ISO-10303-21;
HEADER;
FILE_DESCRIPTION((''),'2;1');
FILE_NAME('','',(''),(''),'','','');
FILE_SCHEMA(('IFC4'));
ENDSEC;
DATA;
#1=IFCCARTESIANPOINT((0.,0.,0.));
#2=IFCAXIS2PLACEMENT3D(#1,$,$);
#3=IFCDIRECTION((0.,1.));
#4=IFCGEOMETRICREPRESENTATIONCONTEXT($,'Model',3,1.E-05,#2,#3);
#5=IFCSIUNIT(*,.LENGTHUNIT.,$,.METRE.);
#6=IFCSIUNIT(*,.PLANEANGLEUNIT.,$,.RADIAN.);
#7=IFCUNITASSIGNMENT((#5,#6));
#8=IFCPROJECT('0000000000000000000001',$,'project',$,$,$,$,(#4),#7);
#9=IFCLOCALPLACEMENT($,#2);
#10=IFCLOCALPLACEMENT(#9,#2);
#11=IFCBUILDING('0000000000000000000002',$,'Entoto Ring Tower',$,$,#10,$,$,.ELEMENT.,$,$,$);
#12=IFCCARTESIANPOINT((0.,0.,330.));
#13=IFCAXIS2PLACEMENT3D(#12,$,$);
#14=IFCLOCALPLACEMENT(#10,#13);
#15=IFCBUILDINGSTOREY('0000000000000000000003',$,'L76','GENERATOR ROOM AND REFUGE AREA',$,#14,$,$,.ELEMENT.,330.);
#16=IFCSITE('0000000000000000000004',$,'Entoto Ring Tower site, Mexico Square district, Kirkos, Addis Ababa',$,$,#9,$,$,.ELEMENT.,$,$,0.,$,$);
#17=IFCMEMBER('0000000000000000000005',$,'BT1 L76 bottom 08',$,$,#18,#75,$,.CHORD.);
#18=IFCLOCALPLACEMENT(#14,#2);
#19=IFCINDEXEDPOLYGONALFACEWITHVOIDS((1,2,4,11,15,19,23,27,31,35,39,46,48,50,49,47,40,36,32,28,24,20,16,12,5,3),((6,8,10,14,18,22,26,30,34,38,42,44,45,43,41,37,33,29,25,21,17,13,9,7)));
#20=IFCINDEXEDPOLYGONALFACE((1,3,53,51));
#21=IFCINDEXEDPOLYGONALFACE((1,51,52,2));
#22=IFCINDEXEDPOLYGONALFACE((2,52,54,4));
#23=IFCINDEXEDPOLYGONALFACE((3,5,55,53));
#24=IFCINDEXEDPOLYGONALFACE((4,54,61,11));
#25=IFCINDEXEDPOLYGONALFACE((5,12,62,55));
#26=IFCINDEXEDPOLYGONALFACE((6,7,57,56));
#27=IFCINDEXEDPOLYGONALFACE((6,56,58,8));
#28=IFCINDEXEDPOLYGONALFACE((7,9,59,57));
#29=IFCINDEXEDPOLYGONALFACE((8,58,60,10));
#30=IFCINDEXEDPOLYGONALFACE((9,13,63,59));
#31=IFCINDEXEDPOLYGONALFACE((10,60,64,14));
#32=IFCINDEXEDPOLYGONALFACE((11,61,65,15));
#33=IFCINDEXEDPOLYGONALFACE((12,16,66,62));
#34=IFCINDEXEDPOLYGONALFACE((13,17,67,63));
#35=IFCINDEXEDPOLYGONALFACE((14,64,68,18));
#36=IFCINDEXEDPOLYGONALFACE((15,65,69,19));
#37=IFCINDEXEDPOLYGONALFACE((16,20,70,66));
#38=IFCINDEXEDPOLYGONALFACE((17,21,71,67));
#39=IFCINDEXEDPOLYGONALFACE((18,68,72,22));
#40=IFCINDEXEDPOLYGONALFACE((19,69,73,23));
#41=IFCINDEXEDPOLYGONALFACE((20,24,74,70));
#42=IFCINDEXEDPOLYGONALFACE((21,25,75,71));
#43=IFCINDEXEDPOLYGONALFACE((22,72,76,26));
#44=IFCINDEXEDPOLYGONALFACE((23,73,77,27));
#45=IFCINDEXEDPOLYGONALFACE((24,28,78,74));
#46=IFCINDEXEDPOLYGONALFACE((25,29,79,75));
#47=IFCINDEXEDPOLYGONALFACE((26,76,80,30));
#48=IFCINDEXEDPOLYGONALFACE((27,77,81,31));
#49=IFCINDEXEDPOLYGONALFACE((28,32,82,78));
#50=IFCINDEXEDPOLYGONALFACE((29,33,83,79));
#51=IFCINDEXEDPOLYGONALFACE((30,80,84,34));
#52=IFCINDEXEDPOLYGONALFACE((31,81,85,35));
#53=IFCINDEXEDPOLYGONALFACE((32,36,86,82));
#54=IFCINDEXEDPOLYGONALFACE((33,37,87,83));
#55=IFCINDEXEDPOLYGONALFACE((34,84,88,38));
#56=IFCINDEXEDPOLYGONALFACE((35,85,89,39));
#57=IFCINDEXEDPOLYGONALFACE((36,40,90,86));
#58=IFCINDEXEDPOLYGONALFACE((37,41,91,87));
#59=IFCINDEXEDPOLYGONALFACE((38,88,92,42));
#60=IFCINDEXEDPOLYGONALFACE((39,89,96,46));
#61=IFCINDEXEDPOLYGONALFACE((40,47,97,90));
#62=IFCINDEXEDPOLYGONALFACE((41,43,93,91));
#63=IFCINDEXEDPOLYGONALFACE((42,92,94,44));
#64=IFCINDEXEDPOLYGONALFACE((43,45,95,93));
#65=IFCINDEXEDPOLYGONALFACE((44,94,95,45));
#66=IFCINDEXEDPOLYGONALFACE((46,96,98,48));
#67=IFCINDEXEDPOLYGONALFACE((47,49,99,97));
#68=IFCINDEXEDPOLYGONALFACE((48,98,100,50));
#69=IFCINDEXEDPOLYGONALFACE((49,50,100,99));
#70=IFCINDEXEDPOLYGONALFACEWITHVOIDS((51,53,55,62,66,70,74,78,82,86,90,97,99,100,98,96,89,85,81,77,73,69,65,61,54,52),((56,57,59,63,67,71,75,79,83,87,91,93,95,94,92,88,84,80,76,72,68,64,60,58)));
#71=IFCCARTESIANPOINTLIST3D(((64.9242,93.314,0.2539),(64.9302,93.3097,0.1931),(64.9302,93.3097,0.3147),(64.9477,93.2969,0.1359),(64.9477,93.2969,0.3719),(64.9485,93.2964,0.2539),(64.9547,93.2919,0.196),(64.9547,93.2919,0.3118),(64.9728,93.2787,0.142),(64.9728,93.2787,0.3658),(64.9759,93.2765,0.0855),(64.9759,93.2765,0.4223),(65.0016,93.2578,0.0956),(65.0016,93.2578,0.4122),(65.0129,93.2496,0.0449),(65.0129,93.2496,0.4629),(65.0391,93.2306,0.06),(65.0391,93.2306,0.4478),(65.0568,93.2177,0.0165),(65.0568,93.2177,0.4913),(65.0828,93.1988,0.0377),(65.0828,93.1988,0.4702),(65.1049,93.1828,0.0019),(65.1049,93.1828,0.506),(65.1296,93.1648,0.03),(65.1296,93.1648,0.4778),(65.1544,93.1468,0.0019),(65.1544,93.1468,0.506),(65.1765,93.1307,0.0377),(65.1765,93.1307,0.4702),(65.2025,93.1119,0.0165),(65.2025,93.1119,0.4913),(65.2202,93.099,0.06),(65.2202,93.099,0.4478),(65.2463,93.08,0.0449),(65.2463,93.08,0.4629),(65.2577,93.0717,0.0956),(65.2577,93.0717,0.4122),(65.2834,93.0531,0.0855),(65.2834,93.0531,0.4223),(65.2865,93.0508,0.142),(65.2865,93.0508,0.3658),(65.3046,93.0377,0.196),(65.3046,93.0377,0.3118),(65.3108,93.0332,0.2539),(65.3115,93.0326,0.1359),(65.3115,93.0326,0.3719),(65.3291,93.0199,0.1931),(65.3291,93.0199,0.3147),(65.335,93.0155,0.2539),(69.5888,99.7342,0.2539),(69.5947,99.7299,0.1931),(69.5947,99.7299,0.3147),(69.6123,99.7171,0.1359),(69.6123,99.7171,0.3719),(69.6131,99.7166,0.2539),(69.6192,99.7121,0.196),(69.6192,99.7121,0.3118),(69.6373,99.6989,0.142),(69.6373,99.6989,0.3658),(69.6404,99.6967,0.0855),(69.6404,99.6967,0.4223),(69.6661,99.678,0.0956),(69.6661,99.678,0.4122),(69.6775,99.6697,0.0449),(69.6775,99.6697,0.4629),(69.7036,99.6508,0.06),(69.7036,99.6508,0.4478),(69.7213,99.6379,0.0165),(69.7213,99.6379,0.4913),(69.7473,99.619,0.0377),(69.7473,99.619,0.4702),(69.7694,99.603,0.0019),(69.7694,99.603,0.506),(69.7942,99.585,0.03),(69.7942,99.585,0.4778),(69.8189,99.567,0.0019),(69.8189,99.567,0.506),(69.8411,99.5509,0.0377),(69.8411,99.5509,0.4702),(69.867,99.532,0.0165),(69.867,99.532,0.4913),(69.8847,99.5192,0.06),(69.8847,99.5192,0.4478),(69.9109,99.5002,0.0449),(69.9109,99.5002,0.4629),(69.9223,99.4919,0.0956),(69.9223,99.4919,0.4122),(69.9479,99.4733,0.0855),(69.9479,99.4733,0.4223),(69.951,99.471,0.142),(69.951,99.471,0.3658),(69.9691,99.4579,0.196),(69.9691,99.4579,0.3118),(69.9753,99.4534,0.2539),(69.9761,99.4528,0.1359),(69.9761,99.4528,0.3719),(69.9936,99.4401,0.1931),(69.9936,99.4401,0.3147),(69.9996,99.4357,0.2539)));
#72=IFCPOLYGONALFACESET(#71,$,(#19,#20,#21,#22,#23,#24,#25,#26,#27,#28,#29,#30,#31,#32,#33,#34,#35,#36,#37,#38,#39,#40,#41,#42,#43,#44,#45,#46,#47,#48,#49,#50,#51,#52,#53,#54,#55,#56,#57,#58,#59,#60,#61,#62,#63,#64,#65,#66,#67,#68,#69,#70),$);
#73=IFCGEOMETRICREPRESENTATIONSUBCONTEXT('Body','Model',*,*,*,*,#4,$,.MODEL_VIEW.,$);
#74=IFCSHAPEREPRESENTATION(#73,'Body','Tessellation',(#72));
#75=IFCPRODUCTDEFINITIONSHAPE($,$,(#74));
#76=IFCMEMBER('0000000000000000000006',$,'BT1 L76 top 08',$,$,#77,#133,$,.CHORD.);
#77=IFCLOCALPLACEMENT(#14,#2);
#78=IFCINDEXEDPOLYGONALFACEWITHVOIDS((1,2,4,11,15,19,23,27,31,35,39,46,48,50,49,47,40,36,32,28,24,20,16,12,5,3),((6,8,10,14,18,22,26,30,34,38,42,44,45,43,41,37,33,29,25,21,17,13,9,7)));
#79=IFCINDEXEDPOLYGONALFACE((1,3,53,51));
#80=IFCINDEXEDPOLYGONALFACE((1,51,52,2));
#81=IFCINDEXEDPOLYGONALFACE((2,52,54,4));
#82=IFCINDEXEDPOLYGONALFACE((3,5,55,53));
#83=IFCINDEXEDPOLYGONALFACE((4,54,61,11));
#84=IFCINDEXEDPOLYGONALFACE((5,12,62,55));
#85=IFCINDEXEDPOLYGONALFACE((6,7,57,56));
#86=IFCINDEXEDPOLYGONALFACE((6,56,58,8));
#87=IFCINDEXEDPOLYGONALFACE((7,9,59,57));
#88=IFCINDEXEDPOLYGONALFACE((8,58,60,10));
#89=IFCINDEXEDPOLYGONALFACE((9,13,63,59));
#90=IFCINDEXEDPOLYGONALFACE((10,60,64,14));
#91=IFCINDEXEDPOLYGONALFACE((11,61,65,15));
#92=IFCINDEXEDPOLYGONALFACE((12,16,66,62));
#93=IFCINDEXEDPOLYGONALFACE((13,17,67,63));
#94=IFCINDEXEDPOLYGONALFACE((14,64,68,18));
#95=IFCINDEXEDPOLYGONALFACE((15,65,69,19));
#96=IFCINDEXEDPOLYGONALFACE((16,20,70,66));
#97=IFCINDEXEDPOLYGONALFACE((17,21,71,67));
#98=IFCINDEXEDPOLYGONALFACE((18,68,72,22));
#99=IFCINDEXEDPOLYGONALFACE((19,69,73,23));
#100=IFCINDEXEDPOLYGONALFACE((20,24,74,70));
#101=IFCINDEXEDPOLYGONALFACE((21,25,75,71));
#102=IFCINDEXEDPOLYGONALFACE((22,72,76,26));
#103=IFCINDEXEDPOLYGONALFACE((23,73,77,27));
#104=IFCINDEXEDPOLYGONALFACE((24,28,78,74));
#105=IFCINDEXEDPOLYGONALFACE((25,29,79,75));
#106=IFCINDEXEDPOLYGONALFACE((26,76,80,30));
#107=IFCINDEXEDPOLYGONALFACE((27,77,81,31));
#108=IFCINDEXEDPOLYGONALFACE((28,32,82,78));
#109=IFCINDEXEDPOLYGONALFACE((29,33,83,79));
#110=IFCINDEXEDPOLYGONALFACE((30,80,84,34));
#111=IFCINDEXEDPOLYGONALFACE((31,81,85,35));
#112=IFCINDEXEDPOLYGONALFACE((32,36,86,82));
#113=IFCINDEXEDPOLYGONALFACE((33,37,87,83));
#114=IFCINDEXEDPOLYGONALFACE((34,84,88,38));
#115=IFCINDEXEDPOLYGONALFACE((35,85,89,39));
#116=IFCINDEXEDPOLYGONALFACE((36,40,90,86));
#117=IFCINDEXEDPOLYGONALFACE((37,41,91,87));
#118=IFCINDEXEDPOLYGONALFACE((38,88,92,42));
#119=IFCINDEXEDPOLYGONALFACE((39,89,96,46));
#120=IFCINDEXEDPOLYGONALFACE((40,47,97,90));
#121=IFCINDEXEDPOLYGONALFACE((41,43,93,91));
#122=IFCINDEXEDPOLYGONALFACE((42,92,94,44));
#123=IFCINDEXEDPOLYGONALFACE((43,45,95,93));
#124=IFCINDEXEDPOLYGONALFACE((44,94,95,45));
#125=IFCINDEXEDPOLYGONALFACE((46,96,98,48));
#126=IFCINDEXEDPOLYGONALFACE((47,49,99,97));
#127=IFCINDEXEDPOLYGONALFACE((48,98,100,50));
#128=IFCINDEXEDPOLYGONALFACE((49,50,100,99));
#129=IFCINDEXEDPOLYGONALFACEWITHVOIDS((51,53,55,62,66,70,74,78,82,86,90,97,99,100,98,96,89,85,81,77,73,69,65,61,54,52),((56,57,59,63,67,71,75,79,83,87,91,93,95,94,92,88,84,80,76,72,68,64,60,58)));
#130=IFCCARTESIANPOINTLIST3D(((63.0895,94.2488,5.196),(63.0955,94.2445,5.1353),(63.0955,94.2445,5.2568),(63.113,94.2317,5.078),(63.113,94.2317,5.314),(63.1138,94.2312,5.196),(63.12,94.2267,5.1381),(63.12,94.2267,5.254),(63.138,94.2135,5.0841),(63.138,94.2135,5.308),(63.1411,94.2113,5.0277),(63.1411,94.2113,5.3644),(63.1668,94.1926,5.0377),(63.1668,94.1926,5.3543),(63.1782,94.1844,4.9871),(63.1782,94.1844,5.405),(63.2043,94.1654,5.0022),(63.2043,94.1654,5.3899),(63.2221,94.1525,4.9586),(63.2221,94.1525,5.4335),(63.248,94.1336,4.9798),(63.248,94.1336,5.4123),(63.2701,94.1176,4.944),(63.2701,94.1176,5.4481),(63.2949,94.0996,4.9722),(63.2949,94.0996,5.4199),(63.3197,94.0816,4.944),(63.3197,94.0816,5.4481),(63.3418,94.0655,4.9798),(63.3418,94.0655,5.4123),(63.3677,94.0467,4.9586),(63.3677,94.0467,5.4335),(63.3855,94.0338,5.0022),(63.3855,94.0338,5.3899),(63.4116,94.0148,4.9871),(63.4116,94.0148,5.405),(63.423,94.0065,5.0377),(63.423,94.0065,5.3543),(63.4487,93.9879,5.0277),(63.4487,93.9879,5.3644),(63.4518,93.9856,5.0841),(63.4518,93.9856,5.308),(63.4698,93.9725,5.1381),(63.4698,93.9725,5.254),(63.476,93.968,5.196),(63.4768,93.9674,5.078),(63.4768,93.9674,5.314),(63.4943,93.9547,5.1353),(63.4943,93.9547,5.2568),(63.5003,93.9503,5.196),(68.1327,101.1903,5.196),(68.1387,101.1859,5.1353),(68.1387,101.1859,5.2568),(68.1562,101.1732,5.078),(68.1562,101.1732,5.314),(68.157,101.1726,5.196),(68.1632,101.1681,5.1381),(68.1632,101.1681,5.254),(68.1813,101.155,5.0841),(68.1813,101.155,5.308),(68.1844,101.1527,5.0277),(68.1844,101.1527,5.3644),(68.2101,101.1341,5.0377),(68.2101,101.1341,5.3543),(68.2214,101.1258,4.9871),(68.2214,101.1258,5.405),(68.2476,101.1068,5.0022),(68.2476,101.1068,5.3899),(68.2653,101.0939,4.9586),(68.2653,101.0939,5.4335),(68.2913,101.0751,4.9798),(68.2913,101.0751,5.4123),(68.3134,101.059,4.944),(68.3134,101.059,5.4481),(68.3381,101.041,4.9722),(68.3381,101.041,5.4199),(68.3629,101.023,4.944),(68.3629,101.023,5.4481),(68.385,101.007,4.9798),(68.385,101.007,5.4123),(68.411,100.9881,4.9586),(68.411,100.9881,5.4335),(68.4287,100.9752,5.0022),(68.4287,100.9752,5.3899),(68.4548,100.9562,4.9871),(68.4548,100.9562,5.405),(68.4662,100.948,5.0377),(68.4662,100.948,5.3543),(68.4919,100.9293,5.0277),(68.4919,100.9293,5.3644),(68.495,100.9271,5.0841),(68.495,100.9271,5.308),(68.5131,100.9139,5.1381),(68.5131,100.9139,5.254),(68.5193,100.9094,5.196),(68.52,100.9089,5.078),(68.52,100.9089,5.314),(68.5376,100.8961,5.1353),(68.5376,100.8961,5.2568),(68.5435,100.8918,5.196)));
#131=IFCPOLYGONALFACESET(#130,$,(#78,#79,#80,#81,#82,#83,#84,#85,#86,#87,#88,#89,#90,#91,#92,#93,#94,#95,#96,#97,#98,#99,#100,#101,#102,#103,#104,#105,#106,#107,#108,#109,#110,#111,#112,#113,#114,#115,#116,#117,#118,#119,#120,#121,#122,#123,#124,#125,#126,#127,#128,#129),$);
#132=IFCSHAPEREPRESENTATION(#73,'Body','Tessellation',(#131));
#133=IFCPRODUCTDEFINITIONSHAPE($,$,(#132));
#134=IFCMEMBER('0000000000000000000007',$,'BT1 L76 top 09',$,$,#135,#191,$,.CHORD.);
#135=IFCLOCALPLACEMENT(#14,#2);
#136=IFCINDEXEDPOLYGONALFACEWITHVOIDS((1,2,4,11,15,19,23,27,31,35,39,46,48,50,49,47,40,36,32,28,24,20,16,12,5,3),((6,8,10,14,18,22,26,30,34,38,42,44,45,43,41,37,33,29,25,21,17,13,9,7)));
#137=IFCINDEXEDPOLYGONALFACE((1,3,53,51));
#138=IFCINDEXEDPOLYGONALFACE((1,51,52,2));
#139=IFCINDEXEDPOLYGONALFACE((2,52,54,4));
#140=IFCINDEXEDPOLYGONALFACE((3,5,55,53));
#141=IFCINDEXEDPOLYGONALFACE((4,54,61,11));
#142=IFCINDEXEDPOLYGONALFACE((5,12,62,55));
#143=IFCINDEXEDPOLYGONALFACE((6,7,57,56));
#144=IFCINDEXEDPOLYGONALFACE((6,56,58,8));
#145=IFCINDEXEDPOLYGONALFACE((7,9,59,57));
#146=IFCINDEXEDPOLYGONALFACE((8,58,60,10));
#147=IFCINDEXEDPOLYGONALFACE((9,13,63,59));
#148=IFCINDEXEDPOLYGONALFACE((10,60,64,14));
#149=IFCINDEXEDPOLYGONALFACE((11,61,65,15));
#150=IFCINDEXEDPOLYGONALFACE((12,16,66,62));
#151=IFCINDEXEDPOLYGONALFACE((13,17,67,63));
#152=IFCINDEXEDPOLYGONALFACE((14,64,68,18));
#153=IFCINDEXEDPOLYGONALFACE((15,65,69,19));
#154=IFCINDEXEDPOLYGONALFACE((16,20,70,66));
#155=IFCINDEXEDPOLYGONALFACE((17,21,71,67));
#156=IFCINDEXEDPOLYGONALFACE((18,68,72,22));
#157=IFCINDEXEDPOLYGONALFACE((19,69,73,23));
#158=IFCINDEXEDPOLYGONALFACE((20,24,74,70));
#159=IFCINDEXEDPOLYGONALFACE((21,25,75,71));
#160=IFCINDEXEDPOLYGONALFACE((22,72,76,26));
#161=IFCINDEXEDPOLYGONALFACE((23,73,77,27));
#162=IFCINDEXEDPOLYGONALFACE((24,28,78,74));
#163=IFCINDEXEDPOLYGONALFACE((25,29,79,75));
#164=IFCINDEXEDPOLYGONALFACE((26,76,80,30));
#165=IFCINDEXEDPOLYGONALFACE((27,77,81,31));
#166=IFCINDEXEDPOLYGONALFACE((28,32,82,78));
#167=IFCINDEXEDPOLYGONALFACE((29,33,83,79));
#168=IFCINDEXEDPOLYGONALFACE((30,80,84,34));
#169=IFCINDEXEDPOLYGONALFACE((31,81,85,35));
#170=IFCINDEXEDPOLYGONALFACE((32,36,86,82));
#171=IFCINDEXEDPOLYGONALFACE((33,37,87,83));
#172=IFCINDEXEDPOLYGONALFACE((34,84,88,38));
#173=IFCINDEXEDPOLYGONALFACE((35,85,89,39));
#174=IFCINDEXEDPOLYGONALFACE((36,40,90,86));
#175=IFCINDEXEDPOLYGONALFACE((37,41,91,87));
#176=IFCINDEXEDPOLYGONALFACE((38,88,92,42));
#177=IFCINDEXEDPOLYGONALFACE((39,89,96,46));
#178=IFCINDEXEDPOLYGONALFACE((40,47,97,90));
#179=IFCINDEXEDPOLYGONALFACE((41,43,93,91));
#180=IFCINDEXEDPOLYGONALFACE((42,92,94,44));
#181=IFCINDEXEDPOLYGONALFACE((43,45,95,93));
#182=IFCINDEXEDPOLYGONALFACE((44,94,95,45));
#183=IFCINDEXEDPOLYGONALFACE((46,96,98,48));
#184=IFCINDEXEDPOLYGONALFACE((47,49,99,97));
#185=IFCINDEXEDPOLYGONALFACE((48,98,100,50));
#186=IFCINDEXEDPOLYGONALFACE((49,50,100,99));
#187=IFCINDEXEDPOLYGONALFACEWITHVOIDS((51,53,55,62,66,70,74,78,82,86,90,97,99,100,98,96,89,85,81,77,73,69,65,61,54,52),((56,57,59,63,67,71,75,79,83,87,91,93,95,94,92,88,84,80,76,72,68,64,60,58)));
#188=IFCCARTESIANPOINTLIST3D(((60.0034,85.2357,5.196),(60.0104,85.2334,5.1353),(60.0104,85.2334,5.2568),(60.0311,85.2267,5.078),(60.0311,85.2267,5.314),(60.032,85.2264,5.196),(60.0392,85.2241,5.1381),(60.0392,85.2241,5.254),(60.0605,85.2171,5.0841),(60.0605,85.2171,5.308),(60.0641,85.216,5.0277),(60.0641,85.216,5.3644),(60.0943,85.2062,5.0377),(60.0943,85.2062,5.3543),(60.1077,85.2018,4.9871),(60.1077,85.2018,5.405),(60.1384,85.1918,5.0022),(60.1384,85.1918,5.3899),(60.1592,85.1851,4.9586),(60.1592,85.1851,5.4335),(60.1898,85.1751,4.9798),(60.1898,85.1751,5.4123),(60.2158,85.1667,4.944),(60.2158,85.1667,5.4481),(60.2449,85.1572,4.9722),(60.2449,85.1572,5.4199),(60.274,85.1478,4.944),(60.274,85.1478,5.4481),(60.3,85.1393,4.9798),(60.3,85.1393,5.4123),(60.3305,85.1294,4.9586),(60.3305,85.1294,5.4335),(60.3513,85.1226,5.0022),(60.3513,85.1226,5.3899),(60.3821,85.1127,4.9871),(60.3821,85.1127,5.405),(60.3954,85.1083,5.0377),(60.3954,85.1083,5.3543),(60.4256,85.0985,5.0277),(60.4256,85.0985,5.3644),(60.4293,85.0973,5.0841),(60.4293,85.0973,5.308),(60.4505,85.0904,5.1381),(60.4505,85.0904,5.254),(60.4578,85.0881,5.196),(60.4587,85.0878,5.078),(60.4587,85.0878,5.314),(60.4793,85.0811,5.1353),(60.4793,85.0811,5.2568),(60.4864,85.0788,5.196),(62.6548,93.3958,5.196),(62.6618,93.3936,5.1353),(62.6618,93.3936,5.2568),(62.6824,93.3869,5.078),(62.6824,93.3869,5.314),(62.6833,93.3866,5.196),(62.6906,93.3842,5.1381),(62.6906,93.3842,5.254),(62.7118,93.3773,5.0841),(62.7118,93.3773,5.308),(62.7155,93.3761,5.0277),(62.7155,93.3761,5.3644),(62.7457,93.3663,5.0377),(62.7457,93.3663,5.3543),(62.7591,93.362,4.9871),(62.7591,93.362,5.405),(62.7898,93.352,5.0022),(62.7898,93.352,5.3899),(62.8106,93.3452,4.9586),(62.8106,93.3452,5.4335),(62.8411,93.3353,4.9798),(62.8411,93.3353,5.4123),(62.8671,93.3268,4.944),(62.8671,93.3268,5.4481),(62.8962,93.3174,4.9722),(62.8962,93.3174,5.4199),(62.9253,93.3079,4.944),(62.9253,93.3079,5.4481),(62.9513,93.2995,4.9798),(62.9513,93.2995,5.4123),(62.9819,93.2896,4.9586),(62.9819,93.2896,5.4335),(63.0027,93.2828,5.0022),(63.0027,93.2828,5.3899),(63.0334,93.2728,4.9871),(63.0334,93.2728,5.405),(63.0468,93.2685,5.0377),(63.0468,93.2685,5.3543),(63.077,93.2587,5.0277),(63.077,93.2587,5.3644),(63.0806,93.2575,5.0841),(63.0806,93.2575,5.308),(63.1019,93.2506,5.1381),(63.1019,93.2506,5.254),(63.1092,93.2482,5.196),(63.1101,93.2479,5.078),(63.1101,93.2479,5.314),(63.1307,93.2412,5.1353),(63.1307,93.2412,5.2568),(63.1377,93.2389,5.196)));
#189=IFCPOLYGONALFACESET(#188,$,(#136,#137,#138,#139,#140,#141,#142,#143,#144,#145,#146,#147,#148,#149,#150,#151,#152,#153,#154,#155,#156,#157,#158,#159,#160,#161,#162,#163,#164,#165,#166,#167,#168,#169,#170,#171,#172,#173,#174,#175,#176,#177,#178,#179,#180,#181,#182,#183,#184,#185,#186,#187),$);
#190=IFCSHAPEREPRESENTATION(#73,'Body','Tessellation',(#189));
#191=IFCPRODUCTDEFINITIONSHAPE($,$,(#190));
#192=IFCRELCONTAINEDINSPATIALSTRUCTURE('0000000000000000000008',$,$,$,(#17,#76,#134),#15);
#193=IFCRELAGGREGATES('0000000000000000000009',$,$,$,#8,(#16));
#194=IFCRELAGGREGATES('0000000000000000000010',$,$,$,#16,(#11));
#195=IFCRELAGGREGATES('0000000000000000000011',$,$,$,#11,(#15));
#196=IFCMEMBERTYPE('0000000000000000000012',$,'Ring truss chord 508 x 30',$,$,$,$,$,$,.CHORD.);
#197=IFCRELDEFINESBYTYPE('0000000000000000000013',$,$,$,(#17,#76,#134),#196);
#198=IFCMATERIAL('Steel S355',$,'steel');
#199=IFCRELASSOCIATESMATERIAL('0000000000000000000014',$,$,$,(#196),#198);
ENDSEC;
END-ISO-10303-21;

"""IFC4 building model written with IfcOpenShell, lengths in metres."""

from ifc_helpers import new_model, si_unit, direction, frame, origin, origin_2d, place, context, subcontext, project, spatial, circle, hollow_circle, extrude, material, material_profile, profile_set, type_object, element, save


model = new_model("IFC4")

# Units and contexts
model_context = context("Model", 3, precision=1e-05, world=origin(), true_north=direction((0.0, 1.0)))
body_context = subcontext(model_context, "Body", "Model", "MODEL_VIEW")
ifc_project = project(units=[si_unit("LENGTHUNIT", "METRE"), si_unit("PLANEANGLEUNIT", "RADIAN")], contexts=[model_context])

# Site, building, storey
site_placement = place(None, origin())
site = spatial("IfcSite", under=ifc_project, at=site_placement, Name="Entoto Ring Tower site, Mexico Square district, Kirkos, Addis Ababa", CompositionType="ELEMENT", RefElevation=0.0)
building_placement = place(site_placement, origin())
building = spatial("IfcBuilding", under=site, at=building_placement, Name="Entoto Ring Tower", CompositionType="ELEMENT")
storey_placement = place(building_placement, frame((0.0, 0.0, 330.0)))
storey = spatial("IfcBuildingStorey", under=building, at=storey_placement, Name="L76", Description="GENERATOR ROOM AND REFUGE AREA", CompositionType="ELEMENT", Elevation=330.0)

# Members
ifc_material_1 = material(Name="Steel S355", Category="steel")
ifc_material_profile_1 = material_profile(ifc_material_1, hollow_circle(Radius=0.2539, WallThickness=0.03, at=origin_2d()), Name="CHS 508 x 30")
ifc_material_2 = material(Name="Concrete C60/75", Category="concrete")
ifc_material_profile_2 = material_profile(ifc_material_2, circle(Radius=0.2241, at=origin_2d()), Name="Concrete C60/75 infill")
ifc_profile_set_1 = profile_set([ifc_material_profile_1, ifc_material_profile_2], Name="Steel S355")
member_type_1 = type_object("IfcMemberType", Name="Ring truss chord 508 x 30", PredefinedType="CHORD", material=ifc_profile_set_1)
member_1_placement = place(storey_placement, frame((69.7942, 99.585, 0.2539), z_axis=(-0.587787, -0.809015, 0.0), x_axis=(0.809015, -0.587787, 0.0)))
element("IfcMember", 1, at=member_1_placement, inside=storey, type_object=member_type_1, Name="BT1 L76 bottom 08", PredefinedType="CHORD", context=body_context, shape_type="SweptSolid", body=[
    extrude(hollow_circle(Radius=0.2539, WallThickness=0.03, at=origin_2d()), origin(), (0.0, 0.0, 1.0), 7.9358),
])
for number, where, z_axis, x_axis, name in (
    (2, (68.3381, 101.041, 5.196), (-0.587784, -0.809018, 0.0), (0.809018, -0.587784, 0.0), "BT1 L76 top 08"),
    (3, (62.8962, 93.3174, 5.196), (-0.309014, -0.951057, 0.0), (0.951057, -0.309014, 0.0), "BT1 L76 top 09"),
):
    element("IfcMember", number, at=place(storey_placement, frame(where, z_axis=z_axis, x_axis=x_axis)), inside=storey, type_object=member_type_1, Name=name, PredefinedType="CHORD", context=body_context, shape_type="SweptSolid", body=[
        extrude(hollow_circle(Radius=0.2539, WallThickness=0.03, at=origin_2d()), origin(), (0.0, 0.0, 1.0), 8.5801),
    ])

save(model, "model.ifc")
